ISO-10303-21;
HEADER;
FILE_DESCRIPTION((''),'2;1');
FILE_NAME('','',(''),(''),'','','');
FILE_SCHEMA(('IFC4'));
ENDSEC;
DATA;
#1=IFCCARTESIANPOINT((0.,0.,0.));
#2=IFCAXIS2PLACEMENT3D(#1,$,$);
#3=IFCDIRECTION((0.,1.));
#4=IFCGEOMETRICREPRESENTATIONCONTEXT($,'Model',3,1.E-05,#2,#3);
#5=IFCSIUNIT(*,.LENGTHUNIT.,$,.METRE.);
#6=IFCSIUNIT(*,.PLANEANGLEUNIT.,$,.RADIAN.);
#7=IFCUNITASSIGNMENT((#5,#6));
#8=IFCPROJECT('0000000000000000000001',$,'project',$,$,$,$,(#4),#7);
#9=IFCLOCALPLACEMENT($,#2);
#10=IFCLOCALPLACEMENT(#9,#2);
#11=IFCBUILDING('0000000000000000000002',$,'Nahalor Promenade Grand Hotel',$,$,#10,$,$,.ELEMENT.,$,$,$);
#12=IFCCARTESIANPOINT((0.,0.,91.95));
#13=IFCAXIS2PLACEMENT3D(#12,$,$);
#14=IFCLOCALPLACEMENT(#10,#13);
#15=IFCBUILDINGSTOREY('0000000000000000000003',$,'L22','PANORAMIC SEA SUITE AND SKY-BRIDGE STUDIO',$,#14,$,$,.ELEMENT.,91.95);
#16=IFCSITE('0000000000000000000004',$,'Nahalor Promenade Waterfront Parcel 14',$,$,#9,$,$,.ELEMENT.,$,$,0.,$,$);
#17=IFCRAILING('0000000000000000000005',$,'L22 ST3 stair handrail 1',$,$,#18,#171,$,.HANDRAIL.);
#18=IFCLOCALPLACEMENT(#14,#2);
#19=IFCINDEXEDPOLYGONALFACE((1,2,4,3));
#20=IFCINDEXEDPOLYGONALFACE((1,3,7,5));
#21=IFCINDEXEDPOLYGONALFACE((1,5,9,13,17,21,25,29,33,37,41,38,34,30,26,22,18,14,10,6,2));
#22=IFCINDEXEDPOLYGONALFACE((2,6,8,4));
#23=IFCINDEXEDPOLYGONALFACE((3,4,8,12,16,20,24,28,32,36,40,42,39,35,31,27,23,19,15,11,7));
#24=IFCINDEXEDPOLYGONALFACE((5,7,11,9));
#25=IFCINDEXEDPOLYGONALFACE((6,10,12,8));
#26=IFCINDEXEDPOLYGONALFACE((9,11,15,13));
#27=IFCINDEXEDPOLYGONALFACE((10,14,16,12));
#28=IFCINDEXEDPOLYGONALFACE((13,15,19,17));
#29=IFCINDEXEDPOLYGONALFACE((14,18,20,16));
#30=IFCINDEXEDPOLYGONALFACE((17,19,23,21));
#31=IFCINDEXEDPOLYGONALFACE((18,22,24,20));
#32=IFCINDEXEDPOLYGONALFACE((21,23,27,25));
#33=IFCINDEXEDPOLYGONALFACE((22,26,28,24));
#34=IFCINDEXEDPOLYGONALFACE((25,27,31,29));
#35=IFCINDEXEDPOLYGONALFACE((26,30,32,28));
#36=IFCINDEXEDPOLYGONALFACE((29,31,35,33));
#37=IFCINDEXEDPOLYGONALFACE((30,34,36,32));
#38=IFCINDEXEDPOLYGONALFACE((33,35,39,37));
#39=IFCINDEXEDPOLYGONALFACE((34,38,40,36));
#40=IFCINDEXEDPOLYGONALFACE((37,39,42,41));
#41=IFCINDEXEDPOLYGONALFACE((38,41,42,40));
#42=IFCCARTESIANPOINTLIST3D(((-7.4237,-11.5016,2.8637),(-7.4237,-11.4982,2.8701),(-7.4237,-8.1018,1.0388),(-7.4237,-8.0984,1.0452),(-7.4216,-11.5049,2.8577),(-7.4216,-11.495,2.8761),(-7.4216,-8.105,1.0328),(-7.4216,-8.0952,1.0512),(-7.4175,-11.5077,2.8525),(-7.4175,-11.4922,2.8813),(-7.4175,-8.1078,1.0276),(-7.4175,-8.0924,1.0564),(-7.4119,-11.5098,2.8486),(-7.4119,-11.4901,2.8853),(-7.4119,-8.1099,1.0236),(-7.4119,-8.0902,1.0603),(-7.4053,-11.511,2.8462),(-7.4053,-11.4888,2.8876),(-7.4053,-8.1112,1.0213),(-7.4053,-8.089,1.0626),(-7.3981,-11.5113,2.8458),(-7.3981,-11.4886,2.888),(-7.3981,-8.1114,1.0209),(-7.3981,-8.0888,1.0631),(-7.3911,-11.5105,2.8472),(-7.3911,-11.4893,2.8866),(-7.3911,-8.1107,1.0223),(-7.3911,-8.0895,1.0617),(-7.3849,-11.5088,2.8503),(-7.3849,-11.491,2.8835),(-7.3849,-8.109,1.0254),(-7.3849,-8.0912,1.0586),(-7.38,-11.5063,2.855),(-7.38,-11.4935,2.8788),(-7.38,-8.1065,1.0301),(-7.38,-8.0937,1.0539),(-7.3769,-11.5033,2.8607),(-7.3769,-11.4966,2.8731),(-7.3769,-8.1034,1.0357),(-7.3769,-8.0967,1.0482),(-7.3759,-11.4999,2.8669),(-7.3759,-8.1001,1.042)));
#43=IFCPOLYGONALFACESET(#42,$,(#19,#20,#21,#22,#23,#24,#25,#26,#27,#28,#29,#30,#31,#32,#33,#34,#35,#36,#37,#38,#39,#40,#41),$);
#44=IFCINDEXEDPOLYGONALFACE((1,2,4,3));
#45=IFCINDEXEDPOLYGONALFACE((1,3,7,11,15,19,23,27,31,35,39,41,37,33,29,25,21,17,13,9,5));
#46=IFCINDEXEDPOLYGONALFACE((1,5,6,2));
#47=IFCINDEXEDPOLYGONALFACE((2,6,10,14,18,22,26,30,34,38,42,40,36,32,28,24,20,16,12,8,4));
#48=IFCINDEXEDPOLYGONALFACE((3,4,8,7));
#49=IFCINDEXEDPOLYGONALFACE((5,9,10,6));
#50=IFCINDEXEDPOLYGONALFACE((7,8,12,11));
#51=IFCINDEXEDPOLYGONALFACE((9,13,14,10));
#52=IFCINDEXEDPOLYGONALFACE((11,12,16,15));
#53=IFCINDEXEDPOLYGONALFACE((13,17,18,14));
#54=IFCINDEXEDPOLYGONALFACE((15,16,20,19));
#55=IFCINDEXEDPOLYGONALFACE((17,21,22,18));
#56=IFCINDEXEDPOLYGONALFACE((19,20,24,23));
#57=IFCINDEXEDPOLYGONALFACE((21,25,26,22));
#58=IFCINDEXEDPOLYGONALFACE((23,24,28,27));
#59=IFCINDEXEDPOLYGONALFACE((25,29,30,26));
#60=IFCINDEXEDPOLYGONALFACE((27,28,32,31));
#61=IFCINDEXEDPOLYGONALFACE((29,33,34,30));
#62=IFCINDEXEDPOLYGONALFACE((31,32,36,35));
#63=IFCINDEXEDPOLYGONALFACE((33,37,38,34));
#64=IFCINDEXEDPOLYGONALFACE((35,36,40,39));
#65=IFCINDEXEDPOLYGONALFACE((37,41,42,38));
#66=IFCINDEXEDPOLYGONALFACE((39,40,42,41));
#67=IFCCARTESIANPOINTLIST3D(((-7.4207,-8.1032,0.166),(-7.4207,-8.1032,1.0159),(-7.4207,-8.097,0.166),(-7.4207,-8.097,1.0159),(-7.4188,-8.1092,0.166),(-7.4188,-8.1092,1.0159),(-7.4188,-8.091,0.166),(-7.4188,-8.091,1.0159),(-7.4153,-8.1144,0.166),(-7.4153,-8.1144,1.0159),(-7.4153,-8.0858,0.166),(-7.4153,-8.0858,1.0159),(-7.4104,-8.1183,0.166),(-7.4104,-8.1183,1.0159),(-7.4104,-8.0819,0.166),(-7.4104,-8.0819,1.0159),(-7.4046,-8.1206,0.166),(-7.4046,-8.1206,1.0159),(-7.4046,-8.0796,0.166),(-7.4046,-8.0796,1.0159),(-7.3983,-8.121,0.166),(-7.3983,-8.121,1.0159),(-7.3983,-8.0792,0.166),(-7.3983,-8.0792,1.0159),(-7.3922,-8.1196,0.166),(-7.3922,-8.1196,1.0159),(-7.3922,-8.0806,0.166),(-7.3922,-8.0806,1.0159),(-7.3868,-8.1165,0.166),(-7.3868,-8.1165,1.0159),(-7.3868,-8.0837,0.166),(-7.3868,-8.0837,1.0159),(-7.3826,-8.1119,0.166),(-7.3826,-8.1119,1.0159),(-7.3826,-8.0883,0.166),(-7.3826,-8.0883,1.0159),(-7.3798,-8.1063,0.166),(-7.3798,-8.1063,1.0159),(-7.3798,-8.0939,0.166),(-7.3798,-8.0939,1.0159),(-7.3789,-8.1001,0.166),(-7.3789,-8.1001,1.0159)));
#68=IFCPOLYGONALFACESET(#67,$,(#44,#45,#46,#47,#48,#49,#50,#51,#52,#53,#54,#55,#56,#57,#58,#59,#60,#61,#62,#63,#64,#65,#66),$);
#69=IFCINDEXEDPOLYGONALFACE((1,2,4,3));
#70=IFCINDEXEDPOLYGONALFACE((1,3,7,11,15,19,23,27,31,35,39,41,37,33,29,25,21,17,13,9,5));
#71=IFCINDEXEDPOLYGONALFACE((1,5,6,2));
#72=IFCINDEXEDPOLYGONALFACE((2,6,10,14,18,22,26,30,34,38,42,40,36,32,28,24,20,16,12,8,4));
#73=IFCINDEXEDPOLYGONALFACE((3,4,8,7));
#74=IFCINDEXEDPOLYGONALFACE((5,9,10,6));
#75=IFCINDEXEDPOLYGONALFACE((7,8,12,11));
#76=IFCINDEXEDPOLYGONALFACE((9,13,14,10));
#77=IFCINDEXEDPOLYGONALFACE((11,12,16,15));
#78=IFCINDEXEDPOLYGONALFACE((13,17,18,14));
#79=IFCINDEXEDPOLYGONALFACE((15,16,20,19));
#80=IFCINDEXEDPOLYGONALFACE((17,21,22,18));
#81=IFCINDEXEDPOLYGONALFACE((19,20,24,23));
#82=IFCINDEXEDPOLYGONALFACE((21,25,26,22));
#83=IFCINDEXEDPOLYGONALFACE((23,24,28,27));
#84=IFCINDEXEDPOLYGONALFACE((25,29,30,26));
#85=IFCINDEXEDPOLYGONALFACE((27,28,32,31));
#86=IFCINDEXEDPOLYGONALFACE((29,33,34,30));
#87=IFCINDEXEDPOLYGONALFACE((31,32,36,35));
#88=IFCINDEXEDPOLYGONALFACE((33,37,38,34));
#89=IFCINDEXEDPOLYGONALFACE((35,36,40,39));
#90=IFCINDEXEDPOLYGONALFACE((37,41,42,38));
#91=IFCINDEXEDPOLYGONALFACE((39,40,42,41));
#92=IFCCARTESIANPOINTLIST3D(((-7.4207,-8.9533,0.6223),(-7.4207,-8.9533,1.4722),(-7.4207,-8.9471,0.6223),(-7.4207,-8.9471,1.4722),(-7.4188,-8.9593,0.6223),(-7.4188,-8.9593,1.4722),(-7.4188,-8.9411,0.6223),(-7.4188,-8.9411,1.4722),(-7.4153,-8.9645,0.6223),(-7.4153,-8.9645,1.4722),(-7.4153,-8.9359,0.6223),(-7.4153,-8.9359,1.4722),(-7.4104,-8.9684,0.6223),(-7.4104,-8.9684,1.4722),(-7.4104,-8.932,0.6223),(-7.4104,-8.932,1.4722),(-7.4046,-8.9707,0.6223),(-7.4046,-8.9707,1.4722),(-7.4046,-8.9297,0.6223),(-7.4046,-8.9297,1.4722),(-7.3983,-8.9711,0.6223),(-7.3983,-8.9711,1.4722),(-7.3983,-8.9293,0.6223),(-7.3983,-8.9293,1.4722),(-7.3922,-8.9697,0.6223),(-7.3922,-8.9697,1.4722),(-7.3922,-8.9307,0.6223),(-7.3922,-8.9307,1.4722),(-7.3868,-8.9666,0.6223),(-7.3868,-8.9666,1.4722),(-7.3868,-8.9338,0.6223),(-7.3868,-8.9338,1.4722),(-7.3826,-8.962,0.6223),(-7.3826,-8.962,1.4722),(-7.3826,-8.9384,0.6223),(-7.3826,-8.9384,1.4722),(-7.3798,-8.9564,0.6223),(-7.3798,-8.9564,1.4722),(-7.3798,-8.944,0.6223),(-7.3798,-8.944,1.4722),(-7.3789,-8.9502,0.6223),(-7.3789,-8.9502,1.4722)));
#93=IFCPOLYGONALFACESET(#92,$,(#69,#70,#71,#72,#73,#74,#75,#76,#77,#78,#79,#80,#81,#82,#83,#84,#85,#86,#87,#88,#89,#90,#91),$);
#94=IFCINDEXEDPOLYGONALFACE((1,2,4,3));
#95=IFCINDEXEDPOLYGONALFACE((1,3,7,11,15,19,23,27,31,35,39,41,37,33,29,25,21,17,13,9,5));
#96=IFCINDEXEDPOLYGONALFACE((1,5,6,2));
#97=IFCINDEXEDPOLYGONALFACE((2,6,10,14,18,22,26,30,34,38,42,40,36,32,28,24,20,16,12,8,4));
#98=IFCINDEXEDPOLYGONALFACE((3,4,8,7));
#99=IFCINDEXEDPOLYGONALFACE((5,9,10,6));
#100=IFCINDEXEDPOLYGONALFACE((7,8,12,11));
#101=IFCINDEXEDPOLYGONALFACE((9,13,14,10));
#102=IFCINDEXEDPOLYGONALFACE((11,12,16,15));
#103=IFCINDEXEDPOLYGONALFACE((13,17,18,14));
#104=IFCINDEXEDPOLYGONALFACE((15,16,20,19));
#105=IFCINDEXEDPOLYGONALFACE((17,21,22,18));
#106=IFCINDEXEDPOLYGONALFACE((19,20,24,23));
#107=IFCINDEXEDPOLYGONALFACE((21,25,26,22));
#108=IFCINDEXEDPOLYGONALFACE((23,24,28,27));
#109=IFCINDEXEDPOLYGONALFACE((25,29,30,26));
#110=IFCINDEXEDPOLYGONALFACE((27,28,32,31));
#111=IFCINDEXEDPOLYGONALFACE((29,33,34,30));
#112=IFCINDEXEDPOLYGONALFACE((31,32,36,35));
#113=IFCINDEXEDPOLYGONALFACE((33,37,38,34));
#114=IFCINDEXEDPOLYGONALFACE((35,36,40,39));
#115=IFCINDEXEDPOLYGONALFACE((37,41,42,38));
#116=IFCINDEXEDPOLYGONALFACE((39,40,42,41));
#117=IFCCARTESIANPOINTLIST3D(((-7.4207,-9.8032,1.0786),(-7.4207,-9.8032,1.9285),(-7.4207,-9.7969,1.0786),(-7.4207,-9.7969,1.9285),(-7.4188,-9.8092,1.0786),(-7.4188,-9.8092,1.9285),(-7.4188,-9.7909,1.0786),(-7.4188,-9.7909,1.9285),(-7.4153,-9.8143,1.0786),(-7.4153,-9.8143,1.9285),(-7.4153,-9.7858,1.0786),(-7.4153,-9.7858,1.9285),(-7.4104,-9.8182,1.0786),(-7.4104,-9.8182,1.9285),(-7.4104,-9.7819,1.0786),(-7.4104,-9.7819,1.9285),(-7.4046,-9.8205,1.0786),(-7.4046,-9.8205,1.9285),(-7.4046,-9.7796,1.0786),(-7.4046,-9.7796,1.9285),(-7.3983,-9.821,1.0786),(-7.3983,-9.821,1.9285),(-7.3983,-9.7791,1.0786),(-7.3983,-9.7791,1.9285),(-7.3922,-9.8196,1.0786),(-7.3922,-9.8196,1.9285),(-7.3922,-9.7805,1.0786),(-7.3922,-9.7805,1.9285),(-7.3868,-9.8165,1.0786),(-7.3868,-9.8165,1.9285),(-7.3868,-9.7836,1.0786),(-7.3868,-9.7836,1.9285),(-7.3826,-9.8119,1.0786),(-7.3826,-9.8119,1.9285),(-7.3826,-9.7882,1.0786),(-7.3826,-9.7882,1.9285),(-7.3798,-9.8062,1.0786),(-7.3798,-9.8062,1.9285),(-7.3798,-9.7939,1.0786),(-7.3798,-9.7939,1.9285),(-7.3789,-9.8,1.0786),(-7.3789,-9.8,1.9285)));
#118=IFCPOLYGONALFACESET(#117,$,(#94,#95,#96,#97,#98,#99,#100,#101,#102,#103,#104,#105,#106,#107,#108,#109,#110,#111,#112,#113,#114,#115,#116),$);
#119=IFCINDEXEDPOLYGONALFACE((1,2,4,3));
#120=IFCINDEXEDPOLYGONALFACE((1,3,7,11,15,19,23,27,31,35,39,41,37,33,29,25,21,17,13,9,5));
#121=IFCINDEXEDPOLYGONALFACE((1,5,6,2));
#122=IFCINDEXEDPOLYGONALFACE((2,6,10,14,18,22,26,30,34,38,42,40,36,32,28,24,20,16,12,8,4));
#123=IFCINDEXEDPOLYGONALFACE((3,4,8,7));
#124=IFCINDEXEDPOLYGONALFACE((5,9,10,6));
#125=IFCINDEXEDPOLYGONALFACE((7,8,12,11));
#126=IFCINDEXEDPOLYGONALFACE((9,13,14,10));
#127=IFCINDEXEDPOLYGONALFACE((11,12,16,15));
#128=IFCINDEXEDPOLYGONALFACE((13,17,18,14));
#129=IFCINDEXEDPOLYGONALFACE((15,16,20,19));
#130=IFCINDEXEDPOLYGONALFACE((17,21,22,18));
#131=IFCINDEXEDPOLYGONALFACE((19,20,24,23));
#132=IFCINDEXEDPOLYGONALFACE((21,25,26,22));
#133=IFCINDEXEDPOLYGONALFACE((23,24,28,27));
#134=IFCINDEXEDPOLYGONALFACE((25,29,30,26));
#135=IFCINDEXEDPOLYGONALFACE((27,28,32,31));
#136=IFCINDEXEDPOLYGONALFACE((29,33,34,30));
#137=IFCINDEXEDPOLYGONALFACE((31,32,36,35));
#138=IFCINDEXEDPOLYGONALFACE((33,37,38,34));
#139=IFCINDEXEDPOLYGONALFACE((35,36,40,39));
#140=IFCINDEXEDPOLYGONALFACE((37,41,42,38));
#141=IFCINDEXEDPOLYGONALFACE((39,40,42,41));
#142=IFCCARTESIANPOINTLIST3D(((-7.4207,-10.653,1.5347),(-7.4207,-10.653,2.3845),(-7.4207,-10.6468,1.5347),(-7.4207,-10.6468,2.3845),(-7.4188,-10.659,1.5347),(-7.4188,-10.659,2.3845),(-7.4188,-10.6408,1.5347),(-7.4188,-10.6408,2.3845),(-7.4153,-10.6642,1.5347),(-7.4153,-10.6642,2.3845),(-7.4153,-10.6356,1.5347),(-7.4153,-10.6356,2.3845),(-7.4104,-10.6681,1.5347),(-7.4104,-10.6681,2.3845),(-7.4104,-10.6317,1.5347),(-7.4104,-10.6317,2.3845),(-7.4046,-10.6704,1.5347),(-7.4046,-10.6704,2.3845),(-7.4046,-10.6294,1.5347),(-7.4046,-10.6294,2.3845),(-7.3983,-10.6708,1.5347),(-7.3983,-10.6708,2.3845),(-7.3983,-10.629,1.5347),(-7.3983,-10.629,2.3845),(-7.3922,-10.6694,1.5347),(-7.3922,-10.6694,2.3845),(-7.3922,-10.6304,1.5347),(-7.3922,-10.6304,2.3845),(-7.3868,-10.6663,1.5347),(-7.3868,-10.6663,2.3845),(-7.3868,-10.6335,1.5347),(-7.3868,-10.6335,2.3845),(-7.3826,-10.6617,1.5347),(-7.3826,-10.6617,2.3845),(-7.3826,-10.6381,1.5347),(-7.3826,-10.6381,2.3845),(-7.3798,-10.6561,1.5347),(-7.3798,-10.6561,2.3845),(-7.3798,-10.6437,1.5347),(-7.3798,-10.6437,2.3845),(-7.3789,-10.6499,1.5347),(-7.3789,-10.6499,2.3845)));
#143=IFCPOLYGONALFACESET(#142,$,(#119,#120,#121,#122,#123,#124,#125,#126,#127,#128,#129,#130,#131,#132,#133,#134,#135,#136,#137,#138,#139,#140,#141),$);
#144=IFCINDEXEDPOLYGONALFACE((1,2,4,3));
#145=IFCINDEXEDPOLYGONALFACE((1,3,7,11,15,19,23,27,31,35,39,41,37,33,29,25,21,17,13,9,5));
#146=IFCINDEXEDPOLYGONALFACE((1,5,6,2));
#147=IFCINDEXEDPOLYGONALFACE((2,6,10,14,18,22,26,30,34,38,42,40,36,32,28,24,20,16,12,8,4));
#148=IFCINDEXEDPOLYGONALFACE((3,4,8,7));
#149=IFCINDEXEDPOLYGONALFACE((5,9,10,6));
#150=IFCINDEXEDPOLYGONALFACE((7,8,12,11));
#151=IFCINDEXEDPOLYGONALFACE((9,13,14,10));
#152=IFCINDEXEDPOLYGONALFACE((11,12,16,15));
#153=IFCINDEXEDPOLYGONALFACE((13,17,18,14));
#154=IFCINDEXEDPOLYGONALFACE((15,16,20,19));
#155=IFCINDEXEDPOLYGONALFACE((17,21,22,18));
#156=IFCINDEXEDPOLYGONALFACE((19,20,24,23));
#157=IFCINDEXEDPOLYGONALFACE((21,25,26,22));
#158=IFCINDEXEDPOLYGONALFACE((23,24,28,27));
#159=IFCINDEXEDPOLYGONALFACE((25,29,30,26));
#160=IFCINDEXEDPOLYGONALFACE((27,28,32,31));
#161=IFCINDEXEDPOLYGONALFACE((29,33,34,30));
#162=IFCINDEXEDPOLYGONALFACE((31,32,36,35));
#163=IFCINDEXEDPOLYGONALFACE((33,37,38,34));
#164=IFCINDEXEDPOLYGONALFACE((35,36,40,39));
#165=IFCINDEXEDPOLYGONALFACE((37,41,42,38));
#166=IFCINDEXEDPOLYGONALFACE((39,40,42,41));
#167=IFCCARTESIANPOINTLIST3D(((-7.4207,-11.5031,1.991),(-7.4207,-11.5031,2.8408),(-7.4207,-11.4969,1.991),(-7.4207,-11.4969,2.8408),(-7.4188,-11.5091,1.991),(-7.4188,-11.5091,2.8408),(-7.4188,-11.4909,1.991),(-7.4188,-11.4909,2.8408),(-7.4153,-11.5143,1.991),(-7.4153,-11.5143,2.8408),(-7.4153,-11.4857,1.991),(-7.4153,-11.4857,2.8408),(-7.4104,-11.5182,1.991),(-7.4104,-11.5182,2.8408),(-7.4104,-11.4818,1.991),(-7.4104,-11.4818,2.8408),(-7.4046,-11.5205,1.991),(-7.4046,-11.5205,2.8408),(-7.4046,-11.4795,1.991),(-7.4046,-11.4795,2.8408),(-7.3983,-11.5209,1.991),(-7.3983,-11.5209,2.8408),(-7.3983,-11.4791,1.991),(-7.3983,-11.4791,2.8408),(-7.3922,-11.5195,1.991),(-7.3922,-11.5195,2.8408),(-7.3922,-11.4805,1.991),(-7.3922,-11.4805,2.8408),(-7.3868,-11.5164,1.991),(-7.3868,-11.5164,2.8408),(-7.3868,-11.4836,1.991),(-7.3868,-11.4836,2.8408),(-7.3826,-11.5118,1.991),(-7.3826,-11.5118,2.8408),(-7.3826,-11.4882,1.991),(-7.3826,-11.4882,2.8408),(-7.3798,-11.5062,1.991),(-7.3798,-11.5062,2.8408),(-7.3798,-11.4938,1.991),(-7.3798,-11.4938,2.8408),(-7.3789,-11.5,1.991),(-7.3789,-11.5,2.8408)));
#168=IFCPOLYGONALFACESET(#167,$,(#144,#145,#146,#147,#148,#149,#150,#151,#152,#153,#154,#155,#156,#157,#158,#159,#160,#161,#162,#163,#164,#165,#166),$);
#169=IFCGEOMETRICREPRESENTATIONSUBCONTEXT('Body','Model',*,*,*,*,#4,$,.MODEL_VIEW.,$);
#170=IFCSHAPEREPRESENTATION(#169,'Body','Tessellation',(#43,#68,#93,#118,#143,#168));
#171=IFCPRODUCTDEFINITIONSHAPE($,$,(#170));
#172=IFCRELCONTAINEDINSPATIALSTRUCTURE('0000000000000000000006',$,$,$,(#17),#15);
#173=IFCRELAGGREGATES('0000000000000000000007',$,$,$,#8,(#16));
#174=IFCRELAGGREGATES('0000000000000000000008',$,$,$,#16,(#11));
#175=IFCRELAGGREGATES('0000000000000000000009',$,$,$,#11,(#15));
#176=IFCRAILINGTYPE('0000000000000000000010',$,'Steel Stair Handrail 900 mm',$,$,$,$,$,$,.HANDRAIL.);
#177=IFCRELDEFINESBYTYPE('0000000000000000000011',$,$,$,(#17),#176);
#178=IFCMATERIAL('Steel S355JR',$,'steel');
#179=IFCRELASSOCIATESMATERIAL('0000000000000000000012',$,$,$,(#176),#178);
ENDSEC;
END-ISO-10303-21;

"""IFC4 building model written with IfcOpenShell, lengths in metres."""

from ifc_helpers import new_model, si_unit, direction, frame, origin, origin_2d, place, context, subcontext, project, spatial, circle, extrude, material, type_object, element, save


model = new_model("IFC4")

# Units and contexts
model_context = context("Model", 3, precision=1e-05, world=origin(), true_north=direction((0.0, 1.0)))
body_context = subcontext(model_context, "Body", "Model", "MODEL_VIEW")
ifc_project = project(units=[si_unit("LENGTHUNIT", "METRE"), si_unit("PLANEANGLEUNIT", "RADIAN")], contexts=[model_context])

# Site, building, storey
site_placement = place(None, origin())
site = spatial("IfcSite", under=ifc_project, at=site_placement, Name="Nahalor Promenade Waterfront Parcel 14", CompositionType="ELEMENT", RefElevation=0.0)
building_placement = place(site_placement, origin())
building = spatial("IfcBuilding", under=site, at=building_placement, Name="Nahalor Promenade Grand Hotel", CompositionType="ELEMENT")
storey_placement = place(building_placement, frame((0.0, 0.0, 91.95)))
storey = spatial("IfcBuildingStorey", under=building, at=storey_placement, Name="L22", Description="PANORAMIC SEA SUITE AND SKY-BRIDGE STUDIO", CompositionType="ELEMENT", Elevation=91.95)

# Shared definitions
ifc_material_1 = material(Name="Steel S355JR", Category="steel")

# Railing
railing_type_1 = type_object("IfcRailingType", Name="Steel Stair Handrail 900 mm", PredefinedType="HANDRAIL", material=ifc_material_1)
railing_1_placement = place(storey_placement, frame((-7.3999, -8.1001, 0.166)))
element("IfcRailing", 1, at=railing_1_placement, inside=storey, type_object=railing_type_1, Name="L22 ST3 stair handrail 1", PredefinedType="HANDRAIL", context=body_context, shape_type="SweptSolid", body=[
    extrude(circle(Radius=0.024, at=origin_2d()), frame((0.0, 0.0, 0.876), z_axis=(0.0, -0.881094, 0.472941), x_axis=(1.0, 0.0, 0.0)), (0.0, 0.0, 1.0), 3.8586),
    extrude(circle(Radius=0.021, at=origin_2d()), origin(), (0.0, 0.0, 1.0), 0.8499),
    extrude(circle(Radius=0.021, at=origin_2d()), frame((0.0, -0.8501, 0.4563)), (0.0, 0.0, 1.0), 0.8499),
    extrude(circle(Radius=0.021, at=origin_2d()), frame((0.0, -1.7, 0.9126)), (0.0, 0.0, 1.0), 0.8499),
    extrude(circle(Radius=0.021, at=origin_2d()), frame((0.0, -2.5498, 1.3687)), (0.0, 0.0, 1.0), 0.8499),
    extrude(circle(Radius=0.021, at=origin_2d()), frame((0.0, -3.3999, 1.825)), (0.0, 0.0, 1.0), 0.8499),
])

save(model, "model.ifc")
